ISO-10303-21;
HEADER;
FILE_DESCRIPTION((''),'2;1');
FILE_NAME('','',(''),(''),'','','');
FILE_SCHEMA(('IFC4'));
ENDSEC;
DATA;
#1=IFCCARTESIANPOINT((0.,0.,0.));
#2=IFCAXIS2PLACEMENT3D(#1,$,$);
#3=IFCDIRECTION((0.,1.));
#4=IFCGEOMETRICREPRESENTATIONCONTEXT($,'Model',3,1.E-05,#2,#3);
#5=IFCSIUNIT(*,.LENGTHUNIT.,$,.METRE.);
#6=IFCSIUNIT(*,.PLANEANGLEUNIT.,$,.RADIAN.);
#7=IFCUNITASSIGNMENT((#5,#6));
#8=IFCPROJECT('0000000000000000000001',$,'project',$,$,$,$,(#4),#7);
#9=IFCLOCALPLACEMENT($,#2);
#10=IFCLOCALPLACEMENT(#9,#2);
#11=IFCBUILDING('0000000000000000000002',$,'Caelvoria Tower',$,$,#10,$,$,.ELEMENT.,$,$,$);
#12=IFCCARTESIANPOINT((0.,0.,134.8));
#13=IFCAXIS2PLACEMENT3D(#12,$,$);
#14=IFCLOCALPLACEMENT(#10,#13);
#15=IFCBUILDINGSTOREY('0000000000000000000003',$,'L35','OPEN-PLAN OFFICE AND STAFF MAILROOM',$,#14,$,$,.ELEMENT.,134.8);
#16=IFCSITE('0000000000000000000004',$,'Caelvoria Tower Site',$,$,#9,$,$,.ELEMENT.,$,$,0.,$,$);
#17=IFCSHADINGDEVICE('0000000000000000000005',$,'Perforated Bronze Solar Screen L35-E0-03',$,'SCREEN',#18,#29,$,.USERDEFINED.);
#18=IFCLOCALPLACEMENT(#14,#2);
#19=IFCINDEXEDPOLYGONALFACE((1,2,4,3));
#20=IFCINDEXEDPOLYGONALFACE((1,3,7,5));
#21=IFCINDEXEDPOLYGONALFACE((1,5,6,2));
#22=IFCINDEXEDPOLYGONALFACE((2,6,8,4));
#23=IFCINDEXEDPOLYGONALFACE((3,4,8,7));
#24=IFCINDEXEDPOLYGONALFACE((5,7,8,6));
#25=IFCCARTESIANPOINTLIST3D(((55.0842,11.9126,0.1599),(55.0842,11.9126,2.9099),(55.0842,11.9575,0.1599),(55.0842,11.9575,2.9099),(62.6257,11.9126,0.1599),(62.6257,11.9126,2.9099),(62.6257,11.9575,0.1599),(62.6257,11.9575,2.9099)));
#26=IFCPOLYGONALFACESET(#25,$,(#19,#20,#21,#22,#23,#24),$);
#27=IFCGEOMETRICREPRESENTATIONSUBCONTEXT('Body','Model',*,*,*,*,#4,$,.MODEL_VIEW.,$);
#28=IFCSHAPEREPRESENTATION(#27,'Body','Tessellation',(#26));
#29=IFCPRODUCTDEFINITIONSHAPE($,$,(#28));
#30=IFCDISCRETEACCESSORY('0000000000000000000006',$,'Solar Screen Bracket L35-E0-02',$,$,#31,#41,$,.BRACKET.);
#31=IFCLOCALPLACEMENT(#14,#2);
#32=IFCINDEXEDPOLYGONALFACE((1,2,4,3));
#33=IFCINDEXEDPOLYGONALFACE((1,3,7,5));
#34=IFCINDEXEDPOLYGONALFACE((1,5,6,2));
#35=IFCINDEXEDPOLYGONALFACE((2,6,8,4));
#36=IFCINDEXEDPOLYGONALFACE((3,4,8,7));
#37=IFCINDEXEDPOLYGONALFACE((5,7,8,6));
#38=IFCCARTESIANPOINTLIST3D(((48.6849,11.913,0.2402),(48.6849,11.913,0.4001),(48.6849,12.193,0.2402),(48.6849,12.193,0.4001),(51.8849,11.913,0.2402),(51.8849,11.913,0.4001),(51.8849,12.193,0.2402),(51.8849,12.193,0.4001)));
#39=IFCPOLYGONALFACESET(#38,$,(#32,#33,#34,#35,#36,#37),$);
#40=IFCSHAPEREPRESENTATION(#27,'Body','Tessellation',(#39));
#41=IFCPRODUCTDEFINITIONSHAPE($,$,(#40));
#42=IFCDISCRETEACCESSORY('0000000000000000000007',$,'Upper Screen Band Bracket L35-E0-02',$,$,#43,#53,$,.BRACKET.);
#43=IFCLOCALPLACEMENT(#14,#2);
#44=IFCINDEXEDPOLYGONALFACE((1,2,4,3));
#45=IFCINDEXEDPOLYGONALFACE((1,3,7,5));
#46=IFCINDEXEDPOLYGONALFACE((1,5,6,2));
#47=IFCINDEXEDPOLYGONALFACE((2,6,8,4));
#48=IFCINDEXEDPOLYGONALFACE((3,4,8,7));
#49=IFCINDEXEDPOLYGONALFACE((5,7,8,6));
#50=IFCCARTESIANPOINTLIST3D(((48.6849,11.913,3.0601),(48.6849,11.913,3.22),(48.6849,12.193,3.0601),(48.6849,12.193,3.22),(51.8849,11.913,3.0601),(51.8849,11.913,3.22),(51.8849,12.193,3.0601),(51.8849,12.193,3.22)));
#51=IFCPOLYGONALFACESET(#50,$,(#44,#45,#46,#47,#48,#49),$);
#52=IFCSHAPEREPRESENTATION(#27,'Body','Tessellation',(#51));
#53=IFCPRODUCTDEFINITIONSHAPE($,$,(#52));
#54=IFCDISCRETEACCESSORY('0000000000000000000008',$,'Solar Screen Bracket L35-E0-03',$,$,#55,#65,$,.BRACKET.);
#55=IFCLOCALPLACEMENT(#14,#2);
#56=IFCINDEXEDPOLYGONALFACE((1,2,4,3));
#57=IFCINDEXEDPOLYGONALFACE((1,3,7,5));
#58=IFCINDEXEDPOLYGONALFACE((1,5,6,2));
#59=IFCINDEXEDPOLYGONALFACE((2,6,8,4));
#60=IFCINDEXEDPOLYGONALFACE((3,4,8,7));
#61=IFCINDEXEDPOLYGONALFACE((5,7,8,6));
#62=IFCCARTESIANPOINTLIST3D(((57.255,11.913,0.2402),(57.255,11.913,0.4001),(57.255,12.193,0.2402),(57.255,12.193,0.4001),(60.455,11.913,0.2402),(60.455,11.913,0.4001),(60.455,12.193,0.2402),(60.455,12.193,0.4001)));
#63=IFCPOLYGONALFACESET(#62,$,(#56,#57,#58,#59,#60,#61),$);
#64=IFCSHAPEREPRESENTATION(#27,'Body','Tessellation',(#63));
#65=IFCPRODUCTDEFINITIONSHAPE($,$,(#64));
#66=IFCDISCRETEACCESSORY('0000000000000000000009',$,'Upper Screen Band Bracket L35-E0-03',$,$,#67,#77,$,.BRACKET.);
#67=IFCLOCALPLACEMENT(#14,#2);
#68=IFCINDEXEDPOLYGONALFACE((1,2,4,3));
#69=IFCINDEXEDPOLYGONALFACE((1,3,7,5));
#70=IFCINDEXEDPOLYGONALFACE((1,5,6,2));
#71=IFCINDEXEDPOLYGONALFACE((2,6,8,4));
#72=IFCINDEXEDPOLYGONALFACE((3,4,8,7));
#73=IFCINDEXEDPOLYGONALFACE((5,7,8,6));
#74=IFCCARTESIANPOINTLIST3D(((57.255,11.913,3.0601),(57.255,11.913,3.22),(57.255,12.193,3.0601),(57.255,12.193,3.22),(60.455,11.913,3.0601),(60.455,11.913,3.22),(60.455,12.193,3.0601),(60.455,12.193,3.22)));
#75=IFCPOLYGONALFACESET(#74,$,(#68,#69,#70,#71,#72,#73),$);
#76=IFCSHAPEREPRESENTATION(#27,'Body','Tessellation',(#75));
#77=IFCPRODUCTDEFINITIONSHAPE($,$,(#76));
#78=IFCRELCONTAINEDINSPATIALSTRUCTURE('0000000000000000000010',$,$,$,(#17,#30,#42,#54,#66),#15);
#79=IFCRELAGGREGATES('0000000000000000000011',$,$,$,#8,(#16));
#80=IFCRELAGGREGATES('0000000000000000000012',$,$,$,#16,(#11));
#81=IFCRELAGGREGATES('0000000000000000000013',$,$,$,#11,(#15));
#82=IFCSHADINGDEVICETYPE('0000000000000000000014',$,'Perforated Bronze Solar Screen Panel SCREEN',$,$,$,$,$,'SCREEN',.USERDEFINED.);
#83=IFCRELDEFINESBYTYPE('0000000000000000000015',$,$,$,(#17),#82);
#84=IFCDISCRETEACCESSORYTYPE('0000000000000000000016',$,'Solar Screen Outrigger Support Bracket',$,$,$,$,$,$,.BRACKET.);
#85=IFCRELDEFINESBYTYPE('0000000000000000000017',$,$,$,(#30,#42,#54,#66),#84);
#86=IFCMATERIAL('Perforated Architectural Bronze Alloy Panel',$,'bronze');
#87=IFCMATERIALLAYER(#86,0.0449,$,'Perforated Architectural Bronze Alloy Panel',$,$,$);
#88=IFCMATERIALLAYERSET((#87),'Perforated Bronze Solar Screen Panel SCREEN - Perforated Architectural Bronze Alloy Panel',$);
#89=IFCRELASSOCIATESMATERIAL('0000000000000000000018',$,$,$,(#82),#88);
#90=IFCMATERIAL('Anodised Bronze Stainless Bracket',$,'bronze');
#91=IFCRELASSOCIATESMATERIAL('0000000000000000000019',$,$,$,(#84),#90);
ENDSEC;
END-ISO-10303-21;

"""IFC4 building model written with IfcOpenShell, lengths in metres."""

from ifc_helpers import new_model, si_unit, direction, frame, origin, origin_2d, place, context, subcontext, project, spatial, rectangle, extrude, material, layer, layer_set, type_object, element, save


model = new_model("IFC4")

# Units and contexts
model_context = context("Model", 3, precision=1e-05, world=origin(), true_north=direction((0.0, 1.0)))
body_context = subcontext(model_context, "Body", "Model", "MODEL_VIEW")
ifc_project = project(units=[si_unit("LENGTHUNIT", "METRE"), si_unit("PLANEANGLEUNIT", "RADIAN")], contexts=[model_context])

# Site, building, storey
site_placement = place(None, origin())
site = spatial("IfcSite", under=ifc_project, at=site_placement, Name="Caelvoria Tower Site", CompositionType="ELEMENT", RefElevation=0.0)
building_placement = place(site_placement, origin())
building = spatial("IfcBuilding", under=site, at=building_placement, Name="Caelvoria Tower", CompositionType="ELEMENT")
storey_placement = place(building_placement, frame((0.0, 0.0, 134.8)))
storey = spatial("IfcBuildingStorey", under=building, at=storey_placement, Name="L35", Description="OPEN-PLAN OFFICE AND STAFF MAILROOM", CompositionType="ELEMENT", Elevation=134.8)

# Shading device
ifc_material_1 = material(Name="Perforated Architectural Bronze Alloy Panel", Category="bronze")
ifc_layer_1 = layer(ifc_material_1, 0.0449, Name="Perforated Architectural Bronze Alloy Panel")
ifc_layer_set_1 = layer_set([ifc_layer_1], Name="Perforated Bronze Solar Screen Panel SCREEN - Perforated Architectural Bronze Alloy Panel")
shading_device_type = type_object("IfcShadingDeviceType", Name="Perforated Bronze Solar Screen Panel SCREEN", ElementType="SCREEN", PredefinedType="USERDEFINED", material=ifc_layer_set_1)
for number, where, z_axis, x_axis, name in (
    (1, (58.855, 11.9351, 0.1599), (0.0, 0.0, 1.0), (1.0, 0.0, 0.0), "Perforated Bronze Solar Screen L35-E0-03"),
):
    element("IfcShadingDevice", number, at=place(storey_placement, frame(where, z_axis=z_axis, x_axis=x_axis)), inside=storey, type_object=shading_device_type, Name=name, ObjectType="SCREEN", PredefinedType="USERDEFINED", context=body_context, shape_type="SweptSolid", body=[
        extrude(rectangle(XDim=7.5415, YDim=0.0449, at=origin_2d()), origin(), (0.0, 0.0, 1.0), 2.75),
    ])

# Discrete accessories
ifc_material_2 = material(Name="Anodised Bronze Stainless Bracket", Category="bronze")
discrete_accessory_type = type_object("IfcDiscreteAccessoryType", Name="Solar Screen Outrigger Support Bracket", PredefinedType="BRACKET", material=ifc_material_2)
for number, where, z_axis, x_axis, name in (
    (2, (50.2849, 12.053, 0.2402), (0.0, 0.0, 1.0), (1.0, 0.0, 0.0), "Solar Screen Bracket L35-E0-02"),
    (3, (50.2849, 12.053, 3.0601), (0.0, 0.0, 1.0), (1.0, 0.0, 0.0), "Upper Screen Band Bracket L35-E0-02"),
    (4, (58.855, 12.053, 0.2402), (0.0, 0.0, 1.0), (1.0, 0.0, 0.0), "Solar Screen Bracket L35-E0-03"),
    (5, (58.855, 12.053, 3.0601), (0.0, 0.0, 1.0), (1.0, 0.0, 0.0), "Upper Screen Band Bracket L35-E0-03"),
):
    element("IfcDiscreteAccessory", number, at=place(storey_placement, frame(where, z_axis=z_axis, x_axis=x_axis)), inside=storey, type_object=discrete_accessory_type, Name=name, PredefinedType="BRACKET", context=body_context, shape_type="SweptSolid", body=[
        extrude(rectangle(XDim=3.2, YDim=0.28, at=origin_2d()), origin(), (0.0, 0.0, 1.0), 0.1599),
    ])

save(model, "model.ifc")
